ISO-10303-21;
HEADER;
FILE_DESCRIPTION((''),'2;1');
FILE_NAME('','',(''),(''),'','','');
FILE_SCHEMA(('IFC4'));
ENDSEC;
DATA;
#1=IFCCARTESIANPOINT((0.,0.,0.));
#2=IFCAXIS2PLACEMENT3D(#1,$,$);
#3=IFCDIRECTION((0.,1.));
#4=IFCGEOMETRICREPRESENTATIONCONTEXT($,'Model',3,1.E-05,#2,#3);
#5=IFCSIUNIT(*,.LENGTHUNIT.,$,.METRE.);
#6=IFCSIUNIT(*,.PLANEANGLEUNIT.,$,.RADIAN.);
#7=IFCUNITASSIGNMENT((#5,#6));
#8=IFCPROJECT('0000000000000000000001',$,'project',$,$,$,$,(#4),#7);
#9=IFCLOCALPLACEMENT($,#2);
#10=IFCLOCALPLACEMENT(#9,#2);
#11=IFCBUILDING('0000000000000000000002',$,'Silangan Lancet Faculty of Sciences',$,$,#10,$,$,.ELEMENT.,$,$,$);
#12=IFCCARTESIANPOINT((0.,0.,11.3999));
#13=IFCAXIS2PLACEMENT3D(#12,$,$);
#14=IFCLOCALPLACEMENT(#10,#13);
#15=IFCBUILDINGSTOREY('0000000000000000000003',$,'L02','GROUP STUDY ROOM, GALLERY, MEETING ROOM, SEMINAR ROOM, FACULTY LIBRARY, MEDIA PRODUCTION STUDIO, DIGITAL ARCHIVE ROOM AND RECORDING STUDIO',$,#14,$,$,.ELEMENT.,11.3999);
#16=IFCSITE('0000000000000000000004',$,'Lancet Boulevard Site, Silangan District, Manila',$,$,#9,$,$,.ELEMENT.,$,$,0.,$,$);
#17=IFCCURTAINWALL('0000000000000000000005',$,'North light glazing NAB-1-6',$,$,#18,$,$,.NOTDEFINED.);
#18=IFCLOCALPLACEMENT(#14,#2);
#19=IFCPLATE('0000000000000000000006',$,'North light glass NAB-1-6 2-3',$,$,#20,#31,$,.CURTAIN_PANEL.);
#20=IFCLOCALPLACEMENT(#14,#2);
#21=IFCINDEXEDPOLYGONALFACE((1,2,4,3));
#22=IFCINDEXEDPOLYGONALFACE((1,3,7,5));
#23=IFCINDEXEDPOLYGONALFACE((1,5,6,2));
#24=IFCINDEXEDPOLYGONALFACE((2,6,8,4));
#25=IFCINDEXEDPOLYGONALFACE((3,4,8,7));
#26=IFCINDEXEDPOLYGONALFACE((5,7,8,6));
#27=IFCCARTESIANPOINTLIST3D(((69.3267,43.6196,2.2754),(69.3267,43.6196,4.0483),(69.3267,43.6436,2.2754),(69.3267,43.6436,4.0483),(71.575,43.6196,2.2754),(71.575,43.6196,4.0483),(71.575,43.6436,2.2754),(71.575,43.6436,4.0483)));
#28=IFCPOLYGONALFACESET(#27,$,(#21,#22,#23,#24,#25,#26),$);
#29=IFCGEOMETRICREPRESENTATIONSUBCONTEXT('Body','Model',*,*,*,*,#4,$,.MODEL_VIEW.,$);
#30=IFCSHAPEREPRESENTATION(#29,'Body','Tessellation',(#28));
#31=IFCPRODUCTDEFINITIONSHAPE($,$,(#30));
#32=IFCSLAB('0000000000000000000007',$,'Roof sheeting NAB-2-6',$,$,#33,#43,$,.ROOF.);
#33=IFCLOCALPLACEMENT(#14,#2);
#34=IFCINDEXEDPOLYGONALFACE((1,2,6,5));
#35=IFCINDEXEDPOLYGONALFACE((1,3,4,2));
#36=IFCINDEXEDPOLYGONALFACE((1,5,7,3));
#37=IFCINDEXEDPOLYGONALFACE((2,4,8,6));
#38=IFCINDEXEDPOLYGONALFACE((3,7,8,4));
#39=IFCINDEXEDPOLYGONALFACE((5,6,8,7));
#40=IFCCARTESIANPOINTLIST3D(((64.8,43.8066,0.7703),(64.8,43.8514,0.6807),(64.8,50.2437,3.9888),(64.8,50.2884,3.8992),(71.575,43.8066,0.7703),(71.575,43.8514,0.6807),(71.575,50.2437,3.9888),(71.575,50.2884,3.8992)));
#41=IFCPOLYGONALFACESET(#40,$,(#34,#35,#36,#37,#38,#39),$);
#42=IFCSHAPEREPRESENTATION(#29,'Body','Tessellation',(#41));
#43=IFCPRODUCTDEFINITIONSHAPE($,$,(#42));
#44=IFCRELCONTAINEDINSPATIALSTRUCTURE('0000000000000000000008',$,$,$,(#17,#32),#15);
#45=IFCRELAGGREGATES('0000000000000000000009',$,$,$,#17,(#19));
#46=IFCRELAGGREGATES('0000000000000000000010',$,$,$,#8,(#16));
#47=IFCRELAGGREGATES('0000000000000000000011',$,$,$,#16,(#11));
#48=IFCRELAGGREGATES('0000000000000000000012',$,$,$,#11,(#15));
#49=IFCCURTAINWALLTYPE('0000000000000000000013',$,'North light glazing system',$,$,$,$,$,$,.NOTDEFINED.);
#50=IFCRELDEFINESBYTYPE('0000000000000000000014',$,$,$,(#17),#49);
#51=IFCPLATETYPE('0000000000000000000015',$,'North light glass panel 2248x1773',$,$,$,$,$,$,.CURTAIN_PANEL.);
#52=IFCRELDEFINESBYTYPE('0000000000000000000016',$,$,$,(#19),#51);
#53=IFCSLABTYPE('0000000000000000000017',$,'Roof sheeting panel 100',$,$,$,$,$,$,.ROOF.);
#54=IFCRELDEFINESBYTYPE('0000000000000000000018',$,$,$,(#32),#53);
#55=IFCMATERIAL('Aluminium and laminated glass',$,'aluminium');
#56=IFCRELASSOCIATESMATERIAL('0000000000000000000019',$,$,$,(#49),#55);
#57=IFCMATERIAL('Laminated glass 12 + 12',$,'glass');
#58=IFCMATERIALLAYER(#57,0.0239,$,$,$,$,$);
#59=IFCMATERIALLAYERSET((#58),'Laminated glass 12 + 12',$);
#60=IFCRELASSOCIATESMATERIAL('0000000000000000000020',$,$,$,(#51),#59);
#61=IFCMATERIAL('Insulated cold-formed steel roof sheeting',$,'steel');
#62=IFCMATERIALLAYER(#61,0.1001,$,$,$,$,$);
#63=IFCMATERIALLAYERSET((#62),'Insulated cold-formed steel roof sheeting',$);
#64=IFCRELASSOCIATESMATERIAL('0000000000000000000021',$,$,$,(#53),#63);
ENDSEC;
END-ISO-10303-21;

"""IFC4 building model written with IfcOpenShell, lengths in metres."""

from ifc_helpers import new_model, si_unit, direction, frame, origin, place, context, subcontext, project, spatial, polyline, outline, extrude, material, layer, layer_set, type_object, element, aggregate, save


model = new_model("IFC4")

# Units and contexts
model_context = context("Model", 3, precision=1e-05, world=origin(), true_north=direction((0.0, 1.0)))
body_context = subcontext(model_context, "Body", "Model", "MODEL_VIEW")
ifc_project = project(units=[si_unit("LENGTHUNIT", "METRE"), si_unit("PLANEANGLEUNIT", "RADIAN")], contexts=[model_context])

# Site, building, storey
site_placement = place(None, origin())
site = spatial("IfcSite", under=ifc_project, at=site_placement, Name="Lancet Boulevard Site, Silangan District, Manila", CompositionType="ELEMENT", RefElevation=0.0)
building_placement = place(site_placement, origin())
building = spatial("IfcBuilding", under=site, at=building_placement, Name="Silangan Lancet Faculty of Sciences", CompositionType="ELEMENT")
storey_placement = place(building_placement, frame((0.0, 0.0, 11.3999)))
storey = spatial("IfcBuildingStorey", under=building, at=storey_placement, Name="L02", Description="GROUP STUDY ROOM, GALLERY, MEETING ROOM, SEMINAR ROOM, FACULTY LIBRARY, MEDIA PRODUCTION STUDIO, DIGITAL ARCHIVE ROOM AND RECORDING STUDIO", CompositionType="ELEMENT", Elevation=11.3999)

# Curtain wall
ifc_material_1 = material(Name="Aluminium and laminated glass", Category="aluminium")
curtain_wall_type = type_object("IfcCurtainWallType", Name="North light glazing system", PredefinedType="NOTDEFINED", material=ifc_material_1)
curtain_wall_placement = place(storey_placement, origin())
curtain_wall = element("IfcCurtainWall", 1, at=curtain_wall_placement, inside=storey, type_object=curtain_wall_type, Name="North light glazing NAB-1-6", PredefinedType="NOTDEFINED")

# Plate
ifc_material_2 = material(Name="Laminated glass 12 + 12", Category="glass")
ifc_layer_1 = layer(ifc_material_2, 0.0239)
ifc_layer_set_1 = layer_set([ifc_layer_1], Name="Laminated glass 12 + 12")
plate_type_1 = type_object("IfcPlateType", Name="North light glass panel 2248x1773", PredefinedType="CURTAIN_PANEL", material=ifc_layer_set_1)
plate_1_placement = place(storey_placement, frame((69.3267, 43.6196, 2.2754), z_axis=(0.0, -1.0, 0.0), x_axis=(1.0, 0.0, 0.0)))
plate_1 = element("IfcPlate", 2, at=plate_1_placement, type_object=plate_type_1, Name="North light glass NAB-1-6 2-3", PredefinedType="CURTAIN_PANEL", context=body_context, shape_type="SweptSolid", body=[
    extrude(outline(polyline([(0.0, 0.0), (2.2483, 0.0), (2.2483, 1.7729), (0.0, 1.7729), (0.0, 0.0)])), origin(), (0.0, 0.0, -1.0), 0.0239),
])
aggregate(curtain_wall, [plate_1])

# Slab
ifc_material_3 = material(Name="Insulated cold-formed steel roof sheeting", Category="steel")
ifc_layer_2 = layer(ifc_material_3, 0.1001)
ifc_layer_set_2 = layer_set([ifc_layer_2], Name="Insulated cold-formed steel roof sheeting")
slab_type = type_object("IfcSlabType", Name="Roof sheeting panel 100", PredefinedType="ROOF", material=ifc_layer_set_2)
slab_placement = place(storey_placement, frame((64.8, 43.8066, 0.7703), z_axis=(0.0, -0.447214, 0.894427), x_axis=(1.0, 0.0, 0.0)))
element("IfcSlab", 3, at=slab_placement, inside=storey, type_object=slab_type, Name="Roof sheeting NAB-2-6", PredefinedType="ROOF", context=body_context, shape_type="SweptSolid", body=[
    extrude(outline(polyline([(0.0, 0.0), (6.7749, 0.0), (6.7749, 7.1968), (0.0, 7.1968), (0.0, 0.0)])), origin(), (0.0, 0.0, -1.0), 0.1001),
])

save(model, "model.ifc")
